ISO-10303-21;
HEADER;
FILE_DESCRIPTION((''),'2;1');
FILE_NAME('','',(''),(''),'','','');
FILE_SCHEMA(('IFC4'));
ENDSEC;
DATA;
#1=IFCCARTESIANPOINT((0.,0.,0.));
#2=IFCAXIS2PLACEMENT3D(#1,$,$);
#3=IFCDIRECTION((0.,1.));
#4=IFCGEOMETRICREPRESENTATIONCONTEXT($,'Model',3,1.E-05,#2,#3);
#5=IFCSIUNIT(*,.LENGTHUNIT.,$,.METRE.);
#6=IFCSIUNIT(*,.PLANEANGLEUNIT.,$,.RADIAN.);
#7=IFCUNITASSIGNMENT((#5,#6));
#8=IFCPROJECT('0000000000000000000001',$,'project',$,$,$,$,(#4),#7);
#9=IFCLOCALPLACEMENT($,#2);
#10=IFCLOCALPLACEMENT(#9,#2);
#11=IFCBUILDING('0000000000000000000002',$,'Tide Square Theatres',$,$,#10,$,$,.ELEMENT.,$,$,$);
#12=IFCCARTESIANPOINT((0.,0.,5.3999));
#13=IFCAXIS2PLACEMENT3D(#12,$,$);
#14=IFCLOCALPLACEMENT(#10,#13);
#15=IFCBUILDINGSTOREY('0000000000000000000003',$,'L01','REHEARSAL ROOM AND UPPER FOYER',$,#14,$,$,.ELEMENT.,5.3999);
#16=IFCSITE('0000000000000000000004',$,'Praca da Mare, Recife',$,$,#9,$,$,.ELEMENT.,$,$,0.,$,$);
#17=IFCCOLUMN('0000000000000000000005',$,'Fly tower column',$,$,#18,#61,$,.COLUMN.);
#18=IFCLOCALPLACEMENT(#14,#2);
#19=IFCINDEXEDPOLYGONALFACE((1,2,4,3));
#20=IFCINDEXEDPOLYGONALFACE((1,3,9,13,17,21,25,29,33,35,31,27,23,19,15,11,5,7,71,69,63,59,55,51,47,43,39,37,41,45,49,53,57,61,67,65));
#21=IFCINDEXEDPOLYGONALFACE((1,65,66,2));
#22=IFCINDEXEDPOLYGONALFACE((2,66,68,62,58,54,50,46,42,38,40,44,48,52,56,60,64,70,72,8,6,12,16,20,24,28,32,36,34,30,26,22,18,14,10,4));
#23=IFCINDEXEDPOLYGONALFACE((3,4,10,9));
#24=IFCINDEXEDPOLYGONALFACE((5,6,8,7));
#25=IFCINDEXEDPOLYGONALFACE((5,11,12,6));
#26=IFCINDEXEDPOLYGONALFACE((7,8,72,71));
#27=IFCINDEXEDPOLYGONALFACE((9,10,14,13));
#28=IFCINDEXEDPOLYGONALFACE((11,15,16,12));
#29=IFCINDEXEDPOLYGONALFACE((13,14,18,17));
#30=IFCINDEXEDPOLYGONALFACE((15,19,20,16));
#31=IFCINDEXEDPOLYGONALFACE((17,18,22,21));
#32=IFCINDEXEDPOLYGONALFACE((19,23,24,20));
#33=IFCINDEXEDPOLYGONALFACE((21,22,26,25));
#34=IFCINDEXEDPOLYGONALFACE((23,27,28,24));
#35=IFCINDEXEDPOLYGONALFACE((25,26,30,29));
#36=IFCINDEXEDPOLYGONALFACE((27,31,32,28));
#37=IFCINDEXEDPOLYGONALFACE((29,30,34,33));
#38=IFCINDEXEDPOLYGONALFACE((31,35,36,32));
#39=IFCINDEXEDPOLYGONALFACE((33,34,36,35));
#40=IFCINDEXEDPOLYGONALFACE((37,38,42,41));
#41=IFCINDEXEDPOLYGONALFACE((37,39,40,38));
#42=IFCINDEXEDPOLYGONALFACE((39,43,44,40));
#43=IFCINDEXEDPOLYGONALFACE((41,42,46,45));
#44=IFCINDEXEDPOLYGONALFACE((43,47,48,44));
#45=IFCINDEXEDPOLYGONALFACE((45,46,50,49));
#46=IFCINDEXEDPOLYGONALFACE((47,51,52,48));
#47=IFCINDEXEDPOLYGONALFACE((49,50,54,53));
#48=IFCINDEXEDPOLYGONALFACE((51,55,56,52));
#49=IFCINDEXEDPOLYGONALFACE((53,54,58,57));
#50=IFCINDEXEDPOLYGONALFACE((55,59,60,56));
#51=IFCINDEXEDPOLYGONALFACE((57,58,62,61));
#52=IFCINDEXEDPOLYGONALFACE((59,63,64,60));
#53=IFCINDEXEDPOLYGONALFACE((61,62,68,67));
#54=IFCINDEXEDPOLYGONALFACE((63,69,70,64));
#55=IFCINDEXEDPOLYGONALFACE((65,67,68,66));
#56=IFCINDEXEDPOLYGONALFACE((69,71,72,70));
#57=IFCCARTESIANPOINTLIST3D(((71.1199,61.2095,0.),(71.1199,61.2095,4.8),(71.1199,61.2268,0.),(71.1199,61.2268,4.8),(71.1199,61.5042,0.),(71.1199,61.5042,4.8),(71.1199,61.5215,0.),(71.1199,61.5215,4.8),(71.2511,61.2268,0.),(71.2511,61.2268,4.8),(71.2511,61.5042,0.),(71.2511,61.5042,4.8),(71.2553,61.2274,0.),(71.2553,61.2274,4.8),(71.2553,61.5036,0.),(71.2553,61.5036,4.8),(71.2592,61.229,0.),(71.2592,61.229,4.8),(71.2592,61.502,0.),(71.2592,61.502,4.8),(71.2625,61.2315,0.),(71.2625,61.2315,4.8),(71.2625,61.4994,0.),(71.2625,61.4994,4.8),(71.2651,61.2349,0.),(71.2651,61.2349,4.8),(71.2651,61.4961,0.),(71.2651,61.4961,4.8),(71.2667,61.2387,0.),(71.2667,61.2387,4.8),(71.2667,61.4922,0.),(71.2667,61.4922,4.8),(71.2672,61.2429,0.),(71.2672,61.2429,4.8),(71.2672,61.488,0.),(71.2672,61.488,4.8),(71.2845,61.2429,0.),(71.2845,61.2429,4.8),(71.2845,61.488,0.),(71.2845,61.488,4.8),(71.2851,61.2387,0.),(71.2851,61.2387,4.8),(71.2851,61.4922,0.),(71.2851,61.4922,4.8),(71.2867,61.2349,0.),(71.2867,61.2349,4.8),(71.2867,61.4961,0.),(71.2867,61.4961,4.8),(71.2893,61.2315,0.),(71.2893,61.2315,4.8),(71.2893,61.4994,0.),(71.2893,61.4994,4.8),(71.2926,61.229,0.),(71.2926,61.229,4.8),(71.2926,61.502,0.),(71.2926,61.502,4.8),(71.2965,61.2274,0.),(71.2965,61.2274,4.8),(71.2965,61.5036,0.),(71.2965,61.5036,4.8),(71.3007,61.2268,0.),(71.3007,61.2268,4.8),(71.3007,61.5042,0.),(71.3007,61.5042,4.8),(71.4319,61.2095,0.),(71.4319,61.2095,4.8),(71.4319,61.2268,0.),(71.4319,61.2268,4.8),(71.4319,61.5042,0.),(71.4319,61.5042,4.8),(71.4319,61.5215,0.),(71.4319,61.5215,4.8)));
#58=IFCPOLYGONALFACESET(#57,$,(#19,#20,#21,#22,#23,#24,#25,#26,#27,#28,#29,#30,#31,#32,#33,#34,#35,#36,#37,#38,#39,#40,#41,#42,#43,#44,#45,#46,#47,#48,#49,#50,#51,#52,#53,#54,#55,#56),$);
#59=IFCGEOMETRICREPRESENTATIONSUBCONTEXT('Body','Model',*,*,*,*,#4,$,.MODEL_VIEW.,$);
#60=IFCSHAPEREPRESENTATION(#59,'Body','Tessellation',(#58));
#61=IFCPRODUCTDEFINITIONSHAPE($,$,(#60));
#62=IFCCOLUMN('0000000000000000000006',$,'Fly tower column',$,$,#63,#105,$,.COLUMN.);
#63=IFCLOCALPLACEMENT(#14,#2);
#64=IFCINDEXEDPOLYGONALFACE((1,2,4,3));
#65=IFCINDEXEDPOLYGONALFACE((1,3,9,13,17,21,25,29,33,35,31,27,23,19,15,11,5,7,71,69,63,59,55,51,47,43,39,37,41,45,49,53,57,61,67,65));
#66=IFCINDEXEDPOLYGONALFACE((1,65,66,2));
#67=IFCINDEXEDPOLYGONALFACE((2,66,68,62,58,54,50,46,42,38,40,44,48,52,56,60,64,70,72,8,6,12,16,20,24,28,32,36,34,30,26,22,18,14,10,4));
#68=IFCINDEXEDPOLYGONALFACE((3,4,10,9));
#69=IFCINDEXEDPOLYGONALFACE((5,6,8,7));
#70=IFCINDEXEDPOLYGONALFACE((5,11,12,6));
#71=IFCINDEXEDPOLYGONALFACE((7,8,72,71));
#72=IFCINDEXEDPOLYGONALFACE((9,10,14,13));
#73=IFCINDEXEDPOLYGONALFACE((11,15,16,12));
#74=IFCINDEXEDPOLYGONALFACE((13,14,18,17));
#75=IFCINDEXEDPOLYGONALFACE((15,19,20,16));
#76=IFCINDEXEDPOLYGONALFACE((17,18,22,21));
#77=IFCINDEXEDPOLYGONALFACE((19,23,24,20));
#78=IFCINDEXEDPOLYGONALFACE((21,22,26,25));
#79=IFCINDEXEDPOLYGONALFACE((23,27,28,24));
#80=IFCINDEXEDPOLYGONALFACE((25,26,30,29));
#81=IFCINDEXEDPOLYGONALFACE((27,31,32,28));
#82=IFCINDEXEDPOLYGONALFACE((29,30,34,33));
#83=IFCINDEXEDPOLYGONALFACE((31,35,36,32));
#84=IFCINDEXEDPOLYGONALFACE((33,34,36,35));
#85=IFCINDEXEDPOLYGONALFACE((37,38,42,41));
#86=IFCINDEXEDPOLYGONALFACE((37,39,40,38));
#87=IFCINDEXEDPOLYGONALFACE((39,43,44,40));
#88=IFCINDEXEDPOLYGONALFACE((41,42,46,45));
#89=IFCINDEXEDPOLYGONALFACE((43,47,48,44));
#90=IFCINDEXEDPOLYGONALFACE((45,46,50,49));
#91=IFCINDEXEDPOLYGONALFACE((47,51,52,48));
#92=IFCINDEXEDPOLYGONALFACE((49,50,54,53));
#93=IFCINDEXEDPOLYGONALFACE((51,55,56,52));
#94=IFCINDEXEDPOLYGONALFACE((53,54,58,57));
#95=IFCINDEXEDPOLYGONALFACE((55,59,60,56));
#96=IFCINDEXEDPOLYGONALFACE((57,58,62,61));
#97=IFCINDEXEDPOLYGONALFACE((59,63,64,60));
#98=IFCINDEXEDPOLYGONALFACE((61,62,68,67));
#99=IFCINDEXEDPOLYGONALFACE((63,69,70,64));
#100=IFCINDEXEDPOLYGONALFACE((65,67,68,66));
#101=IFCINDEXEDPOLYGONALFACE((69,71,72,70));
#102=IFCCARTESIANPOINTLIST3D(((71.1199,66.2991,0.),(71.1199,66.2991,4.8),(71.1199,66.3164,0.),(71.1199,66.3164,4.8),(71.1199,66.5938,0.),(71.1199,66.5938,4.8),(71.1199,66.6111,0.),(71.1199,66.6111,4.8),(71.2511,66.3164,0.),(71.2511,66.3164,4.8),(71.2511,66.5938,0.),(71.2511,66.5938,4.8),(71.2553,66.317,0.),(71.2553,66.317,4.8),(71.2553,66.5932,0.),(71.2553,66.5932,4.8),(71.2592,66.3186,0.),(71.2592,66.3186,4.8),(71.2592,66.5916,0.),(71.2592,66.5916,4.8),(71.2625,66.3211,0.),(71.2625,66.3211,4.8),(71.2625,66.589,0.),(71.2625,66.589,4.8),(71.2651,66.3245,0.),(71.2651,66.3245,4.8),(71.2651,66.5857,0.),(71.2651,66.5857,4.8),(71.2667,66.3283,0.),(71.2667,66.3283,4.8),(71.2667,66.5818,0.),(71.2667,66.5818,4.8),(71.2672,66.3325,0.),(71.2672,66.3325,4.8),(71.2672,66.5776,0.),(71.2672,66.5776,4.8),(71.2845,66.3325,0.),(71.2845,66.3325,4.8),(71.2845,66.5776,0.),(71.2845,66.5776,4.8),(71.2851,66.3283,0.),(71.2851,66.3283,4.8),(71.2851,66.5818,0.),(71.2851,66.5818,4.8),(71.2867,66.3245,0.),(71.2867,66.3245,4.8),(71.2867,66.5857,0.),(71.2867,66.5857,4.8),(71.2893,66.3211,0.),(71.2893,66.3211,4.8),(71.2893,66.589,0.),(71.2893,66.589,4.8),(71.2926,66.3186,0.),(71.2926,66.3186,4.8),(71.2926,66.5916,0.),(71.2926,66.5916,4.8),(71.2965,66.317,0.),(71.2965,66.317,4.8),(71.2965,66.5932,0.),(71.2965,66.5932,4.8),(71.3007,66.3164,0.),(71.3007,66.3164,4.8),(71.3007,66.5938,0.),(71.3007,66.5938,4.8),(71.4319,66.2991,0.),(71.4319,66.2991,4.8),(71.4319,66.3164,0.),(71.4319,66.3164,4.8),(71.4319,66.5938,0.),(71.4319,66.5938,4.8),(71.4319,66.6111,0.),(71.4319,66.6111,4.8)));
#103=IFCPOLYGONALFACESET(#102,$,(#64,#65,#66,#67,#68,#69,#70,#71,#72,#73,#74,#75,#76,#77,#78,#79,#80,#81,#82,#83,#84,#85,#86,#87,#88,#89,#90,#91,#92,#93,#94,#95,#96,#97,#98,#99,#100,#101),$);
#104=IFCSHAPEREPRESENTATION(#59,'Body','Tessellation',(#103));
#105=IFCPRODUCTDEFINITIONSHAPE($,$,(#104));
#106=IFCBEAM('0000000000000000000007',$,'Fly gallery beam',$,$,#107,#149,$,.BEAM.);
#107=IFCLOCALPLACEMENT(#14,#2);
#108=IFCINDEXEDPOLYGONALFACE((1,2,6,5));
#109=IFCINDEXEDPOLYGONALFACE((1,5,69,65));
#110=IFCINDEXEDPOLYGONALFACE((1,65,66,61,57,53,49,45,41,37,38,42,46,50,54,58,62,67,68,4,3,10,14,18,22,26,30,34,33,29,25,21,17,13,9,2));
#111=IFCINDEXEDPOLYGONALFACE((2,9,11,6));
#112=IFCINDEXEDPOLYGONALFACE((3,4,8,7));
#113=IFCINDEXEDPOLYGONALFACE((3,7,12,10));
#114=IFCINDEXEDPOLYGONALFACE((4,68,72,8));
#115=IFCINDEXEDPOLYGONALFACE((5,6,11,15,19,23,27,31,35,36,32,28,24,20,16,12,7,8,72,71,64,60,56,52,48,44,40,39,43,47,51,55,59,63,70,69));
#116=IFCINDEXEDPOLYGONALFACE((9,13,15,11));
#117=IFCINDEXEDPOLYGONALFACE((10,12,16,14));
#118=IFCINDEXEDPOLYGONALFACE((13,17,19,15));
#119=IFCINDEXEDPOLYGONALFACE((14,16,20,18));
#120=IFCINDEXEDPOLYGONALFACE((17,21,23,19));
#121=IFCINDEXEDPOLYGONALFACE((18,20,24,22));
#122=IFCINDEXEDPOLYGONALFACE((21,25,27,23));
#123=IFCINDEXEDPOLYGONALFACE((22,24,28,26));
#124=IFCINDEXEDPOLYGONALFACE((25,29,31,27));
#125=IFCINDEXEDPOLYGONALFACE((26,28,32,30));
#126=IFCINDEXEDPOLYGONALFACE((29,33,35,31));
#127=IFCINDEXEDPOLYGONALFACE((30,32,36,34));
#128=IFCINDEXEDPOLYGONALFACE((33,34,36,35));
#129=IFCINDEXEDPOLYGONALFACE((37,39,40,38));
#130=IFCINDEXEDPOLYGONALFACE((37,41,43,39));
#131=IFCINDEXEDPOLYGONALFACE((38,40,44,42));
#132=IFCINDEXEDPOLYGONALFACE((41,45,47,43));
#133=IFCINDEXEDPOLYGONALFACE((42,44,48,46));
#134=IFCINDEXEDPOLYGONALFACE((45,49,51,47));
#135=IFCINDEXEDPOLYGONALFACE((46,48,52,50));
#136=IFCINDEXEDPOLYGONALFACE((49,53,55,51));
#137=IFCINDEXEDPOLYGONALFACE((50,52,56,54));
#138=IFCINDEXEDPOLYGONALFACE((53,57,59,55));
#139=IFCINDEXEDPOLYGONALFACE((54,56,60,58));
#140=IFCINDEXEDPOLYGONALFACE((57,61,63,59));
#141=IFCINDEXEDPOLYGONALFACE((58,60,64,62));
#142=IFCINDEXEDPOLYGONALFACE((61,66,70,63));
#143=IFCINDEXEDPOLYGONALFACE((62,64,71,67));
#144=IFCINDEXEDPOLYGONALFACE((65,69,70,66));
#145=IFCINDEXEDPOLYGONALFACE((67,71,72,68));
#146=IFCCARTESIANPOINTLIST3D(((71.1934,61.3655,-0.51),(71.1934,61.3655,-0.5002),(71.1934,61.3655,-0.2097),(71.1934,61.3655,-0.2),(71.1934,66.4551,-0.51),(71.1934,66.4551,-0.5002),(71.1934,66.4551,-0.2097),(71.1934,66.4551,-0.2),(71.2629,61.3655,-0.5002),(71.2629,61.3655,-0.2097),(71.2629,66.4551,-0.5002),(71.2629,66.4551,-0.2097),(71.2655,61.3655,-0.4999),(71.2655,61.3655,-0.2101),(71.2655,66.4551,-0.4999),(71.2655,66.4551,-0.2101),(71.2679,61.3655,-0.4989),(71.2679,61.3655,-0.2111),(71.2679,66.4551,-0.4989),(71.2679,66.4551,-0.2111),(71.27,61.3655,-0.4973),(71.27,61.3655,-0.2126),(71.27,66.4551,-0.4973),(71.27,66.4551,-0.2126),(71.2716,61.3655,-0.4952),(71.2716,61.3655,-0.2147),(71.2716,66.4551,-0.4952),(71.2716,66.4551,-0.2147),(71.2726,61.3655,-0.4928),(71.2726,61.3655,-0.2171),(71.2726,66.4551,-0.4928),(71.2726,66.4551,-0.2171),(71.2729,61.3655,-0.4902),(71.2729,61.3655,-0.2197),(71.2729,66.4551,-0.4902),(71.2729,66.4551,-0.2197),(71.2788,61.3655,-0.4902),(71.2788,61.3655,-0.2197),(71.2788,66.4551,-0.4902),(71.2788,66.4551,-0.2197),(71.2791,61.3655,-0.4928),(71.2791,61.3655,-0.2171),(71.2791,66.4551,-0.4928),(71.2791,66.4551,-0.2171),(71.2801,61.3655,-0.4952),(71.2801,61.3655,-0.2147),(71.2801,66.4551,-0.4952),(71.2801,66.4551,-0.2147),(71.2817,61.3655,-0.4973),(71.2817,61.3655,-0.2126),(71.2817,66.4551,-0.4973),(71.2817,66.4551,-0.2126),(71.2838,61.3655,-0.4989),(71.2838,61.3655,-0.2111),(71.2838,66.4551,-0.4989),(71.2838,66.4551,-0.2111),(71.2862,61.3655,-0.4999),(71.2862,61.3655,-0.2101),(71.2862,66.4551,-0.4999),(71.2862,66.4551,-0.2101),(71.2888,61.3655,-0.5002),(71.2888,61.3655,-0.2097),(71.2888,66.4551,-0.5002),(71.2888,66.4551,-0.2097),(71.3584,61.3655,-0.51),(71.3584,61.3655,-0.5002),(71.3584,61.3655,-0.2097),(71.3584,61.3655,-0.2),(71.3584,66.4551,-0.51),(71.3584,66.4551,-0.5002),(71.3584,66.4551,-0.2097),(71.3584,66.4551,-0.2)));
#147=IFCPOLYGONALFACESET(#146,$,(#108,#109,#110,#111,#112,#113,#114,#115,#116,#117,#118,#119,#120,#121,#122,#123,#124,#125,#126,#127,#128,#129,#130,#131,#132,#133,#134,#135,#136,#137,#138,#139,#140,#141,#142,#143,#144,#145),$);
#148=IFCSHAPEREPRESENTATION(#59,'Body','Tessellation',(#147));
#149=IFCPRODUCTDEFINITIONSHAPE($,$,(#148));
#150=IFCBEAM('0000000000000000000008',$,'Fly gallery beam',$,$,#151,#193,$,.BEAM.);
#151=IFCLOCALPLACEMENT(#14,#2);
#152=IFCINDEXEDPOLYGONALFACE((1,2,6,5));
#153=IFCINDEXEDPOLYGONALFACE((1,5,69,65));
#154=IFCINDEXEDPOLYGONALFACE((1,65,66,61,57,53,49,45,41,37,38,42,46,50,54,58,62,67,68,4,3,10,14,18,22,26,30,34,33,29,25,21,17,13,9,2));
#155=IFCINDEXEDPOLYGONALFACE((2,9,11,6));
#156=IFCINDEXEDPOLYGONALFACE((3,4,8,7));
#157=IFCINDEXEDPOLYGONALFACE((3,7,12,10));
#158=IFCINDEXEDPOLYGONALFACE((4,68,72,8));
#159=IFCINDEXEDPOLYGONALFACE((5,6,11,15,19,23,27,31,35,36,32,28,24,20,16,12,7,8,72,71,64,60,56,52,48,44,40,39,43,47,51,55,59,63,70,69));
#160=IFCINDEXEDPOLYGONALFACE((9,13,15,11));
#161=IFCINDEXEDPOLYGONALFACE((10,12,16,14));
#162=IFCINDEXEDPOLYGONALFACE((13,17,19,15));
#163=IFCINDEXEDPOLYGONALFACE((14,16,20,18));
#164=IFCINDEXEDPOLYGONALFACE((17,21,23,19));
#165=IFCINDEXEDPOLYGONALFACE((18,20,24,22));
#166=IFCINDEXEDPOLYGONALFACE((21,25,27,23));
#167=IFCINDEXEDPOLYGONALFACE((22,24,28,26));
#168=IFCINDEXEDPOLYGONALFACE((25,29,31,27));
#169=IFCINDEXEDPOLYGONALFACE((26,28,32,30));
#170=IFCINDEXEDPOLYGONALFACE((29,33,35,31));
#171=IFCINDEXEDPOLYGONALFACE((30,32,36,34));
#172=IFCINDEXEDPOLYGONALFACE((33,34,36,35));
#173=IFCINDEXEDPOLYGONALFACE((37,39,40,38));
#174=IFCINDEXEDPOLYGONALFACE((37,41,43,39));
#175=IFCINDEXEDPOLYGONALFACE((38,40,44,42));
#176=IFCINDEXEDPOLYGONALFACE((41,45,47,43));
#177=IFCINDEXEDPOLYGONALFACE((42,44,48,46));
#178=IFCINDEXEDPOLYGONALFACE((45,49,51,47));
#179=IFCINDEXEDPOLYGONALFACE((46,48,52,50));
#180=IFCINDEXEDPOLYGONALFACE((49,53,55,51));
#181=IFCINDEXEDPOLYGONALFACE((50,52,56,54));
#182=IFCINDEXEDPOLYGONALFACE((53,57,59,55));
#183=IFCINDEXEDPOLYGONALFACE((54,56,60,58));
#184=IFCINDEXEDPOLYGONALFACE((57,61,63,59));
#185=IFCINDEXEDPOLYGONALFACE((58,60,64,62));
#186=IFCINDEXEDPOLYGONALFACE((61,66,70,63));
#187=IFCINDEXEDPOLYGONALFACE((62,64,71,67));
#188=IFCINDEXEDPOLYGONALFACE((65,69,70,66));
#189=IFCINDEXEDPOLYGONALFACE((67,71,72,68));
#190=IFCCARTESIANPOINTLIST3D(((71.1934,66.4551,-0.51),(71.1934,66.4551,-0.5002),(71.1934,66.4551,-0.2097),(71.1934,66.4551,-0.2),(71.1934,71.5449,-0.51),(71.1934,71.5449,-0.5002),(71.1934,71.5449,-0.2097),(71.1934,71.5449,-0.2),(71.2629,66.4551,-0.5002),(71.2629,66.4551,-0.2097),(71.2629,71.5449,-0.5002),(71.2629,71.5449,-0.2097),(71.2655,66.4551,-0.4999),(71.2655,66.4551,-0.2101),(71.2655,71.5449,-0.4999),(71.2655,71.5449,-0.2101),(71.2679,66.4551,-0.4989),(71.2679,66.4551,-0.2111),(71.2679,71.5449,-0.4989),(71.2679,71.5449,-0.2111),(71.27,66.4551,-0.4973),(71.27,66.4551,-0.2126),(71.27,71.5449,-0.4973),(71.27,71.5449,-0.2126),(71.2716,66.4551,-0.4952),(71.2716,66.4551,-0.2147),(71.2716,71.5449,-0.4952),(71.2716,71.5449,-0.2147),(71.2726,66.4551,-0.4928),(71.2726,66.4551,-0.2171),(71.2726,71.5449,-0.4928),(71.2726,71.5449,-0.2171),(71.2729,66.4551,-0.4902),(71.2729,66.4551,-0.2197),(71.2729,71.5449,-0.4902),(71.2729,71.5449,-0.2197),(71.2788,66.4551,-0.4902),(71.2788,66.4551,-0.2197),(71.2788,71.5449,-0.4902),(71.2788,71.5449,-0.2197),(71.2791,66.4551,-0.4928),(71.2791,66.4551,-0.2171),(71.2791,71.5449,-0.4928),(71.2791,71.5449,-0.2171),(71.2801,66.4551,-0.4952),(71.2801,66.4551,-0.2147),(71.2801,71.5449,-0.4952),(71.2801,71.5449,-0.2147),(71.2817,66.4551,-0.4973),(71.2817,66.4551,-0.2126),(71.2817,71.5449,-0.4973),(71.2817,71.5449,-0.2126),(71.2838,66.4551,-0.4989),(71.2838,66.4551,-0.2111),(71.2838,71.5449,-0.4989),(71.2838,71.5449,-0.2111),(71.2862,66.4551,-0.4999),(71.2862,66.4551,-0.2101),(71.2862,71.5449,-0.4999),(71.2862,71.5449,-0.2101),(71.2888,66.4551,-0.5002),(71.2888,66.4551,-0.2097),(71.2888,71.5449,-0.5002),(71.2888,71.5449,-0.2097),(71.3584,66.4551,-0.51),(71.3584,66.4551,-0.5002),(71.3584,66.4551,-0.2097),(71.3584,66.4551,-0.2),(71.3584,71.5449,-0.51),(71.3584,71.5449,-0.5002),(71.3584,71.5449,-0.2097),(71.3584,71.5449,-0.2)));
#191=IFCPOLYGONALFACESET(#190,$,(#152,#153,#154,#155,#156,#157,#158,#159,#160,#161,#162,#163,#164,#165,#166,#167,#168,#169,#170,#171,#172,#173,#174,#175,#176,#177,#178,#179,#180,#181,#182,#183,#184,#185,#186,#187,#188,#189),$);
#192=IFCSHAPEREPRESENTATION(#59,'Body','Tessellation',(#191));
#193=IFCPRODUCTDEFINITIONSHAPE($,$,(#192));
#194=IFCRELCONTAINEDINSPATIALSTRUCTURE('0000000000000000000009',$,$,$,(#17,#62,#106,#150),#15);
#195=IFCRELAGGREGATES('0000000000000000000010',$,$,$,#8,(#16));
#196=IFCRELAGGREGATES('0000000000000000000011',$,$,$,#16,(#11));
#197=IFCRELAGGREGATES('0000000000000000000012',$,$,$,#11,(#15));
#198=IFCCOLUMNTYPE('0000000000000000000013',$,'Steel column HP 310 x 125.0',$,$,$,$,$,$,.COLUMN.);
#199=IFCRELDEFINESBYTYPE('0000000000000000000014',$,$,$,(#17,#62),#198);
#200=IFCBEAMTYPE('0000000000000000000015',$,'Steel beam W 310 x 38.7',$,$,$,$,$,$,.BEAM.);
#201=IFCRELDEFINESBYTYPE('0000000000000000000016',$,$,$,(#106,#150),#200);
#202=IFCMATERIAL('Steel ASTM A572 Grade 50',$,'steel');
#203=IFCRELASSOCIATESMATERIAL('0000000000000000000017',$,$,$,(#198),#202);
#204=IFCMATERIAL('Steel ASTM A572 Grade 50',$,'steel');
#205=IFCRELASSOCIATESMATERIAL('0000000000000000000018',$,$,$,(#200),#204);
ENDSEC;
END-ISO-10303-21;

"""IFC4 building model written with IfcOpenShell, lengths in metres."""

from ifc_helpers import new_model, si_unit, direction, frame, origin, origin_2d, place, context, subcontext, project, spatial, i_section, extrude, material, material_profile, profile_set, type_object, element, save


model = new_model("IFC4")

# Units and contexts
model_context = context("Model", 3, precision=1e-05, world=origin(), true_north=direction((0.0, 1.0)))
body_context = subcontext(model_context, "Body", "Model", "MODEL_VIEW")
ifc_project = project(units=[si_unit("LENGTHUNIT", "METRE"), si_unit("PLANEANGLEUNIT", "RADIAN")], contexts=[model_context])

# Site, building, storey
site_placement = place(None, origin())
site = spatial("IfcSite", under=ifc_project, at=site_placement, Name="Praca da Mare, Recife", CompositionType="ELEMENT", RefElevation=0.0)
building_placement = place(site_placement, origin())
building = spatial("IfcBuilding", under=site, at=building_placement, Name="Tide Square Theatres", CompositionType="ELEMENT")
storey_placement = place(building_placement, frame((0.0, 0.0, 5.3999)))
storey = spatial("IfcBuildingStorey", under=building, at=storey_placement, Name="L01", Description="REHEARSAL ROOM AND UPPER FOYER", CompositionType="ELEMENT", Elevation=5.3999)

# Columns
ifc_material_1 = material(Name="Steel ASTM A572 Grade 50", Category="steel")
ifc_material_profile_1 = material_profile(ifc_material_1, i_section(OverallWidth=0.312, OverallDepth=0.312, WebThickness=0.0173, FlangeThickness=0.0173, FilletRadius=0.0161, at=origin_2d()))
ifc_profile_set_1 = profile_set([ifc_material_profile_1], Name="Steel ASTM A572 Grade 50")
column_type = type_object("IfcColumnType", Name="Steel column HP 310 x 125.0", PredefinedType="COLUMN", material=ifc_profile_set_1)
for number, where, z_axis, x_axis, name in (
    (1, (71.2759, 61.3655, 0.0), (0.0, 0.0, 1.0), (1.0, 0.0, 0.0), "Fly tower column"),
    (2, (71.2759, 66.4551, 0.0), (0.0, 0.0, 1.0), (1.0, 0.0, 0.0), "Fly tower column"),
):
    element("IfcColumn", number, at=place(storey_placement, frame(where, z_axis=z_axis, x_axis=x_axis)), inside=storey, type_object=column_type, Name=name, PredefinedType="COLUMN", context=body_context, shape_type="SweptSolid", body=[
        extrude(i_section(OverallWidth=0.312, OverallDepth=0.312, WebThickness=0.0173, FlangeThickness=0.0173, FilletRadius=0.0161, at=origin_2d()), origin(), (0.0, 0.0, 1.0), 4.8),
    ])

# Beams
ifc_material_2 = material(Name="Steel ASTM A572 Grade 50", Category="steel")
ifc_material_profile_2 = material_profile(ifc_material_2, i_section(OverallWidth=0.165, OverallDepth=0.3101, WebThickness=0.0059, FlangeThickness=0.0098, FilletRadius=0.01, at=origin_2d()))
ifc_profile_set_2 = profile_set([ifc_material_profile_2], Name="Steel ASTM A572 Grade 50")
beam_type = type_object("IfcBeamType", Name="Steel beam W 310 x 38.7", PredefinedType="BEAM", material=ifc_profile_set_2)
beam_1_placement = place(storey_placement, frame((71.2759, 61.3655, -0.355), z_axis=(0.0, 1.0, 0.0), x_axis=(-1.0, 0.0, 0.0)))
element("IfcBeam", 3, at=beam_1_placement, inside=storey, type_object=beam_type, Name="Fly gallery beam", PredefinedType="BEAM", context=body_context, shape_type="SweptSolid", body=[
    extrude(i_section(OverallWidth=0.165, OverallDepth=0.3101, WebThickness=0.0059, FlangeThickness=0.0098, FilletRadius=0.01, at=origin_2d()), origin(), (0.0, 0.0, 1.0), 5.0896),
])
beam_2_placement = place(storey_placement, frame((71.2759, 66.4551, -0.355), z_axis=(0.0, 1.0, 0.0), x_axis=(-1.0, 0.0, 0.0)))
element("IfcBeam", 4, at=beam_2_placement, inside=storey, type_object=beam_type, Name="Fly gallery beam", PredefinedType="BEAM", context=body_context, shape_type="SweptSolid", body=[
    extrude(i_section(OverallWidth=0.165, OverallDepth=0.3101, WebThickness=0.0059, FlangeThickness=0.0098, FilletRadius=0.01, at=origin_2d()), origin(), (0.0, 0.0, 1.0), 5.0898),
])

save(model, "model.ifc")
